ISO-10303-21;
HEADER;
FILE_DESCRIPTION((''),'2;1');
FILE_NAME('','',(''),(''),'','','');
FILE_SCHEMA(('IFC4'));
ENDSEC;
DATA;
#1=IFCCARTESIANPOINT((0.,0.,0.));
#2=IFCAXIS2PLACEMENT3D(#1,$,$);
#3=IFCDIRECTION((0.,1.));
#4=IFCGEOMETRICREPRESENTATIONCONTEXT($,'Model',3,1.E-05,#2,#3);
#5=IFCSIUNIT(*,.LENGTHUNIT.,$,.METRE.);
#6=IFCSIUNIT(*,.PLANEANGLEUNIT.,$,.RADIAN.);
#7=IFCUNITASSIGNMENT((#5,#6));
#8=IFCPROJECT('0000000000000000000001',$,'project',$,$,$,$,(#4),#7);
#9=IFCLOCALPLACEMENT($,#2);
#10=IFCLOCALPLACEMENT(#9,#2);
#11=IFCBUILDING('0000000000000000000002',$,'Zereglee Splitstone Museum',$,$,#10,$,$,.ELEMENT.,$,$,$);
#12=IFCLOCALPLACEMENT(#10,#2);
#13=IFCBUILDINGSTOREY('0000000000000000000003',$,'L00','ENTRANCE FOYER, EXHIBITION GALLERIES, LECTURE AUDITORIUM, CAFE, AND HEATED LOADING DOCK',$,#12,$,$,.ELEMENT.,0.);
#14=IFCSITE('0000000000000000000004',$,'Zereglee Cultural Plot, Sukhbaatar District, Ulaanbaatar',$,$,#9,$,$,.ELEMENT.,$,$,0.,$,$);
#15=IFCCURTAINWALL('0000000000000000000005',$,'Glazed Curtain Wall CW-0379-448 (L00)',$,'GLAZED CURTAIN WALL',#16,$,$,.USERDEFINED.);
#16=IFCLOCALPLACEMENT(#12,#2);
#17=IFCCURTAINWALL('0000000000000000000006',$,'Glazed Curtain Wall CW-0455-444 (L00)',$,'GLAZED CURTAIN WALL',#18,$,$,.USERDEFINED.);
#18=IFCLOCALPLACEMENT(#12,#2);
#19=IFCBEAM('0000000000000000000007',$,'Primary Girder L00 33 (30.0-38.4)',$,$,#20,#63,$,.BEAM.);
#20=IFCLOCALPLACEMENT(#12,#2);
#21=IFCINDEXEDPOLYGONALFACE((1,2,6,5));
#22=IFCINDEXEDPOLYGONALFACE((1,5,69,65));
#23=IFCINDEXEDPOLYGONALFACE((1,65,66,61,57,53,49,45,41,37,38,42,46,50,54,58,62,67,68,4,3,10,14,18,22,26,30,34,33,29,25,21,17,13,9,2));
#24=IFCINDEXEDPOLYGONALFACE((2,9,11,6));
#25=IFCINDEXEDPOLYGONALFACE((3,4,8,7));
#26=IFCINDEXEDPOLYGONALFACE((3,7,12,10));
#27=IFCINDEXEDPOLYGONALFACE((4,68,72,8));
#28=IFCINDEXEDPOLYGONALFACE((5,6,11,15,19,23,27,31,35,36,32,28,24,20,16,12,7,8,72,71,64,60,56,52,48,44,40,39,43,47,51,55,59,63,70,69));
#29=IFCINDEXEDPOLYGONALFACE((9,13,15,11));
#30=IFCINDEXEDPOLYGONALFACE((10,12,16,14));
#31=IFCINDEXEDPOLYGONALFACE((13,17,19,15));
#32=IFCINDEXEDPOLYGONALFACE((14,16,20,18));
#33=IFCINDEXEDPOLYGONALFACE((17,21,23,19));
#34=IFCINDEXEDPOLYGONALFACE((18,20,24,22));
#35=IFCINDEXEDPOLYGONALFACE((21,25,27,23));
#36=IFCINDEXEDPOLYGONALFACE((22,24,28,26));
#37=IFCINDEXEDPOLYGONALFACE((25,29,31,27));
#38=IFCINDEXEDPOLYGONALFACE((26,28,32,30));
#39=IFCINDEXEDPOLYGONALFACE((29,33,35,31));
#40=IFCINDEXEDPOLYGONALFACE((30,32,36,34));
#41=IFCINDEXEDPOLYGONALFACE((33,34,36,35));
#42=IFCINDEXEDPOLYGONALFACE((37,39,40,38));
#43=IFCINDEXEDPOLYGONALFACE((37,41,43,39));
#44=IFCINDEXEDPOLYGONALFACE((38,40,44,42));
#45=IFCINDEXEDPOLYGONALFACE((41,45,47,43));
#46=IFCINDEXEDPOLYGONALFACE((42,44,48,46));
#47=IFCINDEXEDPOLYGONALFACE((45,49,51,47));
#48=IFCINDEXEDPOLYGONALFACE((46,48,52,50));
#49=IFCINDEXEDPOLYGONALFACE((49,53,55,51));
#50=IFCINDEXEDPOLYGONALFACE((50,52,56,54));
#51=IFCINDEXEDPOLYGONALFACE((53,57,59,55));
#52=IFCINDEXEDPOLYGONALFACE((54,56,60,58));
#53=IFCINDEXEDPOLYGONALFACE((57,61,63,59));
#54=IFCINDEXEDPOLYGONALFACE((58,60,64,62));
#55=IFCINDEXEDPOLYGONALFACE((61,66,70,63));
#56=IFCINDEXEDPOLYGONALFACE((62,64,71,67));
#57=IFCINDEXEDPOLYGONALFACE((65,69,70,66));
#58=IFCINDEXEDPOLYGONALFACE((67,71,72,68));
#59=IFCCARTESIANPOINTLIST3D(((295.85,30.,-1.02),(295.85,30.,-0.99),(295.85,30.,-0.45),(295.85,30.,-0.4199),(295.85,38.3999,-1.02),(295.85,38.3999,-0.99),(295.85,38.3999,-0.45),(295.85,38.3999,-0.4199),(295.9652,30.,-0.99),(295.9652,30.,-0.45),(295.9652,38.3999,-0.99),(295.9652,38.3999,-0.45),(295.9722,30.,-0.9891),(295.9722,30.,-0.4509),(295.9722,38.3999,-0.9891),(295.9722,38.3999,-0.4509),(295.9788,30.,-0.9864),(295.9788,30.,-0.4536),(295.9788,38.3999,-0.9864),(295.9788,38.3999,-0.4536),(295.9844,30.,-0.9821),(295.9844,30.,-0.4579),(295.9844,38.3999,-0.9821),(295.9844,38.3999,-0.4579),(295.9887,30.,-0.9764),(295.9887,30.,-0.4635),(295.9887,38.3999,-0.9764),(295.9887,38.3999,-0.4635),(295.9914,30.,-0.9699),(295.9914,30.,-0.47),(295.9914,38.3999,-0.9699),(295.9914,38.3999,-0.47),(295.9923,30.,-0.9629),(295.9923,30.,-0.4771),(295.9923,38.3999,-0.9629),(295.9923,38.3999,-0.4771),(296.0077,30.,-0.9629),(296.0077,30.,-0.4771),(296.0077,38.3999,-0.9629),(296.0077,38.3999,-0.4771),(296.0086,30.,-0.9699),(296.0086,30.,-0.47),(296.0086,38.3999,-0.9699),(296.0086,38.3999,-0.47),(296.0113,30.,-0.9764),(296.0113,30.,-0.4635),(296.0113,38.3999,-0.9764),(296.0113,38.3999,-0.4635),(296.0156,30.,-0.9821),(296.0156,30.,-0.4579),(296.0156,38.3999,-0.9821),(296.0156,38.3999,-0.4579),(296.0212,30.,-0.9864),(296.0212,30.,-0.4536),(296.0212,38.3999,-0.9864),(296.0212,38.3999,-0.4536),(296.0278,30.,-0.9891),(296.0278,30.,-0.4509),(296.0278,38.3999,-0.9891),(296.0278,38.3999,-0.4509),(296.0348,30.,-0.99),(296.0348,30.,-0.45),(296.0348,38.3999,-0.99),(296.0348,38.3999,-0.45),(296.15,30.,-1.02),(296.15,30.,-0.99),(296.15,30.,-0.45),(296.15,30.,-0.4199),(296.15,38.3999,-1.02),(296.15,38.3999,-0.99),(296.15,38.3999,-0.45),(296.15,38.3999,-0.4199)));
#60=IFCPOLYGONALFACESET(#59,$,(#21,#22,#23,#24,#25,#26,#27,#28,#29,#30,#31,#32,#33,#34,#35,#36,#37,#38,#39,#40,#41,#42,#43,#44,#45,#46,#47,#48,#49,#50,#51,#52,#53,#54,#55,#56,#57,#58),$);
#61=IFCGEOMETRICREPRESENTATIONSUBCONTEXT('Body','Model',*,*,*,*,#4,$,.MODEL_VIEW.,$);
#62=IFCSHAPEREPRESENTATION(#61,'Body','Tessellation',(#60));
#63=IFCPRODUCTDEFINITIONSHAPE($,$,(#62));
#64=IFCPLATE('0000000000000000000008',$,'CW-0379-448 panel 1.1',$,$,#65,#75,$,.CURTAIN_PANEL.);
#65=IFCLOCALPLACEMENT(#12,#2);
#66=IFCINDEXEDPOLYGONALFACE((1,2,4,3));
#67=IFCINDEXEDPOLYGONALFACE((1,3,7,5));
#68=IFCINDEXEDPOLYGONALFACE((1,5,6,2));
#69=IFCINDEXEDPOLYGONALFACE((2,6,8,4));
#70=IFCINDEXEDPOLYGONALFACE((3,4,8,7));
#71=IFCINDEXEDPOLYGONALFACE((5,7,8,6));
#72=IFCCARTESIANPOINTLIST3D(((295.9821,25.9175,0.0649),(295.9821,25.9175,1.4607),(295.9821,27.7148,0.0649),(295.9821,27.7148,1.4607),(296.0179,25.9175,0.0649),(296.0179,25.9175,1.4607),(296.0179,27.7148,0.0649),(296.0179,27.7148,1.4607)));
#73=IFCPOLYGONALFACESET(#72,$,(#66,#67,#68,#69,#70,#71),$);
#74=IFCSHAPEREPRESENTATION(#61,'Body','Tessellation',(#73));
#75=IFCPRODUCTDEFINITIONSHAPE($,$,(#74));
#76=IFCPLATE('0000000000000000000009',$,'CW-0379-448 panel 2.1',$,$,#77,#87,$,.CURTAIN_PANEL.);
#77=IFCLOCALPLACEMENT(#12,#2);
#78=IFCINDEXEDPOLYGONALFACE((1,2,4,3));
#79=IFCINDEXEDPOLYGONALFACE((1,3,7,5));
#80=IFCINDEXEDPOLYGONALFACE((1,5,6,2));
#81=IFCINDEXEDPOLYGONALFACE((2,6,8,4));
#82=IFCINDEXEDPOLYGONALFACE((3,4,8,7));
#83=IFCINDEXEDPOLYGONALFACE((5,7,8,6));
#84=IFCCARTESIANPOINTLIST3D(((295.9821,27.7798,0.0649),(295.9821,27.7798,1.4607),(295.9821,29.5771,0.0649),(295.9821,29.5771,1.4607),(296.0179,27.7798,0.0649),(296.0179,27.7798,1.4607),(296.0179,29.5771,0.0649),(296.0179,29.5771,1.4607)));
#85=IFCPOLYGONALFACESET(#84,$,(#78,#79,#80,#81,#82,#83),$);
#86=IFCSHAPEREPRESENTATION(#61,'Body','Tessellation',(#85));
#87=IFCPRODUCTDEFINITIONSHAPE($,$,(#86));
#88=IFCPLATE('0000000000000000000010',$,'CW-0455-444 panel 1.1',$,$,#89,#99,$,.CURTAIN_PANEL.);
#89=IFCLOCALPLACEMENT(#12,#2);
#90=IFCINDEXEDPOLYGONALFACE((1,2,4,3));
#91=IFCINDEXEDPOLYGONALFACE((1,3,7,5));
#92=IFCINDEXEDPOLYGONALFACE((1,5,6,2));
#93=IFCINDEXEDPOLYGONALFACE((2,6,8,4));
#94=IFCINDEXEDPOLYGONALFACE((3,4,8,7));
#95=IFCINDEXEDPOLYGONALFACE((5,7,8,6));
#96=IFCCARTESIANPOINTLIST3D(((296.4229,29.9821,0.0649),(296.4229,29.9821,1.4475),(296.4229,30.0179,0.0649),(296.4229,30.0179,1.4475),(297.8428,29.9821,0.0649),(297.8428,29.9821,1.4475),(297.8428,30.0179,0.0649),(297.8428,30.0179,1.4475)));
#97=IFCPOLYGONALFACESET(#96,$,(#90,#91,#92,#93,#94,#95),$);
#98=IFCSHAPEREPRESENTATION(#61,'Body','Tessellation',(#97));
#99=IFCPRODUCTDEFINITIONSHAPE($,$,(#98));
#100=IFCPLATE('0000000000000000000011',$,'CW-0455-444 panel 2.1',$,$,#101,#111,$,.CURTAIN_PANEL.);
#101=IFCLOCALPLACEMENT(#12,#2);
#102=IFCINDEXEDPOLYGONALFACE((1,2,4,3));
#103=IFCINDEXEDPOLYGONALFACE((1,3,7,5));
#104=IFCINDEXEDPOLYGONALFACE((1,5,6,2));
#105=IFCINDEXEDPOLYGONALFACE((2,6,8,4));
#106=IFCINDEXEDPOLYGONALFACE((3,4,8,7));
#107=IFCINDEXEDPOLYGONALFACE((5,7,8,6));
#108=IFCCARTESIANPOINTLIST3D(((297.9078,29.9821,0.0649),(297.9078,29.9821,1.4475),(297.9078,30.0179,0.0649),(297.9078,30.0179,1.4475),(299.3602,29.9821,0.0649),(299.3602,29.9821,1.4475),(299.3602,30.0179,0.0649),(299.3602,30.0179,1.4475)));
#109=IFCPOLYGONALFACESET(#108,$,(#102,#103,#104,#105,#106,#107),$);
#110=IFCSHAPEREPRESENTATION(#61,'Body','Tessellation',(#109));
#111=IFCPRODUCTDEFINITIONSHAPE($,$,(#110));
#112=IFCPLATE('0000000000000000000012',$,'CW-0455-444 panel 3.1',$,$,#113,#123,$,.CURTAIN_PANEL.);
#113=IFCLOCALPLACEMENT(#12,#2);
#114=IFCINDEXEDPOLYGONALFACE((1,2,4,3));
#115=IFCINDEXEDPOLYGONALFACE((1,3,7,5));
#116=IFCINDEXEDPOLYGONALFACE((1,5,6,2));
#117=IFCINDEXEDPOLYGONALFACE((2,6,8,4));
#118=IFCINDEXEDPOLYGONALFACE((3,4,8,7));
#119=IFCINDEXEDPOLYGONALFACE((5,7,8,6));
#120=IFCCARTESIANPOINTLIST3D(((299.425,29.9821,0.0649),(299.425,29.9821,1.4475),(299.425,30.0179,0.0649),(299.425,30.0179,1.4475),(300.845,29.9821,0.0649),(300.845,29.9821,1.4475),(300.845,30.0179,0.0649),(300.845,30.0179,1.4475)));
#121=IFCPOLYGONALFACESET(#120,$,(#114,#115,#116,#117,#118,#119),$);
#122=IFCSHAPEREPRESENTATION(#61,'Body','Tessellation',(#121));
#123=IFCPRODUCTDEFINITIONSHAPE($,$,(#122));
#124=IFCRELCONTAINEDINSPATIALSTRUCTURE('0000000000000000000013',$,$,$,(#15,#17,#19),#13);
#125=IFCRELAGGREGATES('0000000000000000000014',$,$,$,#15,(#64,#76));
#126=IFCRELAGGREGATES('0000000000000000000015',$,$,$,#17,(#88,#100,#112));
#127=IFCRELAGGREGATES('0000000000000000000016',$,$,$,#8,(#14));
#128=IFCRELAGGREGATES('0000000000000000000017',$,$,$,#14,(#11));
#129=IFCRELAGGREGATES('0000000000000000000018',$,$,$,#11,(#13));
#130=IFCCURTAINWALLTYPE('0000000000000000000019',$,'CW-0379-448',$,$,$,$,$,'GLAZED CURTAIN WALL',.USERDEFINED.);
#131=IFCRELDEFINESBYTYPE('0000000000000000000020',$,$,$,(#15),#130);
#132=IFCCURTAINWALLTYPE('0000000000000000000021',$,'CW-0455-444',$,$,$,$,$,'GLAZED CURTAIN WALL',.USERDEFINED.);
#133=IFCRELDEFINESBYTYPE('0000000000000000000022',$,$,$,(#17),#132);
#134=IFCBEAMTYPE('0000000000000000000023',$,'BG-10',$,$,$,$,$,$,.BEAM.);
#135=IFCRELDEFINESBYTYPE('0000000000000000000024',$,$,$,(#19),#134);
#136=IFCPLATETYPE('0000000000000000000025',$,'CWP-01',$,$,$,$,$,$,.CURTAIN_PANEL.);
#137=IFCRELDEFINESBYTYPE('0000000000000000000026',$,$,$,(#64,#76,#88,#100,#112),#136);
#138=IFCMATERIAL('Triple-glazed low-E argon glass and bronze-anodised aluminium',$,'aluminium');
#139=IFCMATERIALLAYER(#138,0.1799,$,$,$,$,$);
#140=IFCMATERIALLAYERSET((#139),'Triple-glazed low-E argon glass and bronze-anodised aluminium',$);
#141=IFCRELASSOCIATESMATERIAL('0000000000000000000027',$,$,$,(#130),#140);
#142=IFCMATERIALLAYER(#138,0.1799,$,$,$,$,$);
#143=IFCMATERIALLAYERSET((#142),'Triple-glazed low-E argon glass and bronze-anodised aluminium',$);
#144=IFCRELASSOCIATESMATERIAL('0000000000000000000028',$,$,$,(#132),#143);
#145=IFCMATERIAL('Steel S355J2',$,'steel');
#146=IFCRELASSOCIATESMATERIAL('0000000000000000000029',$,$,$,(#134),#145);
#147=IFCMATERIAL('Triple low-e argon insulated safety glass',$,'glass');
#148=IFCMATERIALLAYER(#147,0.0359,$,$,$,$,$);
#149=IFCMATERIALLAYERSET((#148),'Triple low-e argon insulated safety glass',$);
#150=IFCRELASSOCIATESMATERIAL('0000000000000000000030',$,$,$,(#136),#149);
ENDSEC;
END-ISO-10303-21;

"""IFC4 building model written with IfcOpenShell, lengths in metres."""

from ifc_helpers import new_model, si_unit, direction, frame, origin, origin_2d, place, context, subcontext, project, spatial, rectangle, i_section, extrude, material, layer, layer_set, material_profile, profile_set, type_object, element, aggregate, save


model = new_model("IFC4")

# Units and contexts
model_context = context("Model", 3, precision=1e-05, world=origin(), true_north=direction((0.0, 1.0)))
body_context = subcontext(model_context, "Body", "Model", "MODEL_VIEW")
ifc_project = project(units=[si_unit("LENGTHUNIT", "METRE"), si_unit("PLANEANGLEUNIT", "RADIAN")], contexts=[model_context])

# Site, building, storey
site_placement = place(None, origin())
site = spatial("IfcSite", under=ifc_project, at=site_placement, Name="Zereglee Cultural Plot, Sukhbaatar District, Ulaanbaatar", CompositionType="ELEMENT", RefElevation=0.0)
building_placement = place(site_placement, origin())
building = spatial("IfcBuilding", under=site, at=building_placement, Name="Zereglee Splitstone Museum", CompositionType="ELEMENT")
storey_placement = place(building_placement, origin())
storey = spatial("IfcBuildingStorey", under=building, at=storey_placement, Name="L00", Description="ENTRANCE FOYER, EXHIBITION GALLERIES, LECTURE AUDITORIUM, CAFE, AND HEATED LOADING DOCK", CompositionType="ELEMENT", Elevation=0.0)

# Curtain walls
ifc_material_1 = material(Name="Triple-glazed low-E argon glass and bronze-anodised aluminium", Category="aluminium")
ifc_layer_1 = layer(ifc_material_1, 0.1799)
ifc_layer_set_1 = layer_set([ifc_layer_1], Name="Triple-glazed low-E argon glass and bronze-anodised aluminium")
curtain_wall_type_1 = type_object("IfcCurtainWallType", Name="CW-0379-448", ElementType="GLAZED CURTAIN WALL", PredefinedType="USERDEFINED", material=ifc_layer_set_1)
curtain_wall_1_placement = place(storey_placement, origin())
curtain_wall_1 = element("IfcCurtainWall", 1, at=curtain_wall_1_placement, inside=storey, type_object=curtain_wall_type_1, Name="Glazed Curtain Wall CW-0379-448 (L00)", ObjectType="GLAZED CURTAIN WALL", PredefinedType="USERDEFINED")
ifc_layer_2 = layer(ifc_material_1, 0.1799)
ifc_layer_set_2 = layer_set([ifc_layer_2], Name="Triple-glazed low-E argon glass and bronze-anodised aluminium")
curtain_wall_type_2 = type_object("IfcCurtainWallType", Name="CW-0455-444", ElementType="GLAZED CURTAIN WALL", PredefinedType="USERDEFINED", material=ifc_layer_set_2)
curtain_wall_2_placement = place(storey_placement, origin())
curtain_wall_2 = element("IfcCurtainWall", 2, at=curtain_wall_2_placement, inside=storey, type_object=curtain_wall_type_2, Name="Glazed Curtain Wall CW-0455-444 (L00)", ObjectType="GLAZED CURTAIN WALL", PredefinedType="USERDEFINED")

# Beam
ifc_material_2 = material(Name="Steel S355J2", Category="steel")
ifc_material_profile_1 = material_profile(ifc_material_2, i_section(OverallWidth=0.3, OverallDepth=0.6001, WebThickness=0.0154, FlangeThickness=0.03, FilletRadius=0.0271, at=origin_2d()), Name="HE 600 B")
ifc_profile_set_1 = profile_set([ifc_material_profile_1], Name="Steel S355J2")
beam_type = type_object("IfcBeamType", Name="BG-10", PredefinedType="BEAM", material=ifc_profile_set_1)
beam_placement = place(storey_placement, frame((296.0, 30.0, -0.72), z_axis=(0.0, 1.0, 0.0), x_axis=(-1.0, 0.0, 0.0)))
element("IfcBeam", 3, at=beam_placement, inside=storey, type_object=beam_type, Name="Primary Girder L00 33 (30.0-38.4)", PredefinedType="BEAM", context=body_context, shape_type="SweptSolid", body=[
    extrude(i_section(OverallWidth=0.3, OverallDepth=0.6001, WebThickness=0.0154, FlangeThickness=0.03, FilletRadius=0.0271, at=origin_2d()), origin(), (0.0, 0.0, 1.0), 8.3999),
])

# Plates
ifc_material_3 = material(Name="Triple low-e argon insulated safety glass", Category="glass")
ifc_layer_3 = layer(ifc_material_3, 0.0359)
ifc_layer_set_3 = layer_set([ifc_layer_3], Name="Triple low-e argon insulated safety glass")
plate_type = type_object("IfcPlateType", Name="CWP-01", PredefinedType="CURTAIN_PANEL", material=ifc_layer_set_3)
plate_1_placement = place(storey_placement, frame((296.0, 26.8162, 0.0649), z_axis=(0.0, 0.0, 1.0), x_axis=(0.0, 1.0, 0.0)))
plate_1 = element("IfcPlate", 4, at=plate_1_placement, type_object=plate_type, Name="CW-0379-448 panel 1.1", PredefinedType="CURTAIN_PANEL", context=body_context, shape_type="SweptSolid", body=[
    extrude(rectangle(XDim=1.7974, YDim=0.0359, at=origin_2d()), origin(), (0.0, 0.0, 1.0), 1.3958),
])
plate_2_placement = place(storey_placement, frame((296.0, 28.6785, 0.0649), z_axis=(0.0, 0.0, 1.0), x_axis=(0.0, 1.0, 0.0)))
plate_2 = element("IfcPlate", 5, at=plate_2_placement, type_object=plate_type, Name="CW-0379-448 panel 2.1", PredefinedType="CURTAIN_PANEL", context=body_context, shape_type="SweptSolid", body=[
    extrude(rectangle(XDim=1.7974, YDim=0.0359, at=origin_2d()), origin(), (0.0, 0.0, 1.0), 1.3958),
])
aggregate(curtain_wall_1, [plate_1, plate_2])
plate_3_placement = place(storey_placement, frame((297.1328, 30.0, 0.0649), z_axis=(0.0, 0.0, 1.0), x_axis=(1.0, 0.0, 0.0)))
plate_3 = element("IfcPlate", 6, at=plate_3_placement, type_object=plate_type, Name="CW-0455-444 panel 1.1", PredefinedType="CURTAIN_PANEL", context=body_context, shape_type="SweptSolid", body=[
    extrude(rectangle(XDim=1.4199, YDim=0.0359, at=origin_2d()), origin(), (0.0, 0.0, 1.0), 1.3826),
])
plate_4_placement = place(storey_placement, frame((298.634, 30.0, 0.0649), z_axis=(0.0, 0.0, 1.0), x_axis=(1.0, 0.0, 0.0)))
plate_4 = element("IfcPlate", 7, at=plate_4_placement, type_object=plate_type, Name="CW-0455-444 panel 2.1", PredefinedType="CURTAIN_PANEL", context=body_context, shape_type="SweptSolid", body=[
    extrude(rectangle(XDim=1.4524, YDim=0.0359, at=origin_2d()), origin(), (0.0, 0.0, 1.0), 1.3826),
])
plate_5_placement = place(storey_placement, frame((300.135, 30.0, 0.0649), z_axis=(0.0, 0.0, 1.0), x_axis=(1.0, 0.0, 0.0)))
plate_5 = element("IfcPlate", 8, at=plate_5_placement, type_object=plate_type, Name="CW-0455-444 panel 3.1", PredefinedType="CURTAIN_PANEL", context=body_context, shape_type="SweptSolid", body=[
    extrude(rectangle(XDim=1.4199, YDim=0.0359, at=origin_2d()), origin(), (0.0, 0.0, 1.0), 1.3826),
])
aggregate(curtain_wall_2, [plate_3, plate_4, plate_5])

save(model, "model.ifc")
